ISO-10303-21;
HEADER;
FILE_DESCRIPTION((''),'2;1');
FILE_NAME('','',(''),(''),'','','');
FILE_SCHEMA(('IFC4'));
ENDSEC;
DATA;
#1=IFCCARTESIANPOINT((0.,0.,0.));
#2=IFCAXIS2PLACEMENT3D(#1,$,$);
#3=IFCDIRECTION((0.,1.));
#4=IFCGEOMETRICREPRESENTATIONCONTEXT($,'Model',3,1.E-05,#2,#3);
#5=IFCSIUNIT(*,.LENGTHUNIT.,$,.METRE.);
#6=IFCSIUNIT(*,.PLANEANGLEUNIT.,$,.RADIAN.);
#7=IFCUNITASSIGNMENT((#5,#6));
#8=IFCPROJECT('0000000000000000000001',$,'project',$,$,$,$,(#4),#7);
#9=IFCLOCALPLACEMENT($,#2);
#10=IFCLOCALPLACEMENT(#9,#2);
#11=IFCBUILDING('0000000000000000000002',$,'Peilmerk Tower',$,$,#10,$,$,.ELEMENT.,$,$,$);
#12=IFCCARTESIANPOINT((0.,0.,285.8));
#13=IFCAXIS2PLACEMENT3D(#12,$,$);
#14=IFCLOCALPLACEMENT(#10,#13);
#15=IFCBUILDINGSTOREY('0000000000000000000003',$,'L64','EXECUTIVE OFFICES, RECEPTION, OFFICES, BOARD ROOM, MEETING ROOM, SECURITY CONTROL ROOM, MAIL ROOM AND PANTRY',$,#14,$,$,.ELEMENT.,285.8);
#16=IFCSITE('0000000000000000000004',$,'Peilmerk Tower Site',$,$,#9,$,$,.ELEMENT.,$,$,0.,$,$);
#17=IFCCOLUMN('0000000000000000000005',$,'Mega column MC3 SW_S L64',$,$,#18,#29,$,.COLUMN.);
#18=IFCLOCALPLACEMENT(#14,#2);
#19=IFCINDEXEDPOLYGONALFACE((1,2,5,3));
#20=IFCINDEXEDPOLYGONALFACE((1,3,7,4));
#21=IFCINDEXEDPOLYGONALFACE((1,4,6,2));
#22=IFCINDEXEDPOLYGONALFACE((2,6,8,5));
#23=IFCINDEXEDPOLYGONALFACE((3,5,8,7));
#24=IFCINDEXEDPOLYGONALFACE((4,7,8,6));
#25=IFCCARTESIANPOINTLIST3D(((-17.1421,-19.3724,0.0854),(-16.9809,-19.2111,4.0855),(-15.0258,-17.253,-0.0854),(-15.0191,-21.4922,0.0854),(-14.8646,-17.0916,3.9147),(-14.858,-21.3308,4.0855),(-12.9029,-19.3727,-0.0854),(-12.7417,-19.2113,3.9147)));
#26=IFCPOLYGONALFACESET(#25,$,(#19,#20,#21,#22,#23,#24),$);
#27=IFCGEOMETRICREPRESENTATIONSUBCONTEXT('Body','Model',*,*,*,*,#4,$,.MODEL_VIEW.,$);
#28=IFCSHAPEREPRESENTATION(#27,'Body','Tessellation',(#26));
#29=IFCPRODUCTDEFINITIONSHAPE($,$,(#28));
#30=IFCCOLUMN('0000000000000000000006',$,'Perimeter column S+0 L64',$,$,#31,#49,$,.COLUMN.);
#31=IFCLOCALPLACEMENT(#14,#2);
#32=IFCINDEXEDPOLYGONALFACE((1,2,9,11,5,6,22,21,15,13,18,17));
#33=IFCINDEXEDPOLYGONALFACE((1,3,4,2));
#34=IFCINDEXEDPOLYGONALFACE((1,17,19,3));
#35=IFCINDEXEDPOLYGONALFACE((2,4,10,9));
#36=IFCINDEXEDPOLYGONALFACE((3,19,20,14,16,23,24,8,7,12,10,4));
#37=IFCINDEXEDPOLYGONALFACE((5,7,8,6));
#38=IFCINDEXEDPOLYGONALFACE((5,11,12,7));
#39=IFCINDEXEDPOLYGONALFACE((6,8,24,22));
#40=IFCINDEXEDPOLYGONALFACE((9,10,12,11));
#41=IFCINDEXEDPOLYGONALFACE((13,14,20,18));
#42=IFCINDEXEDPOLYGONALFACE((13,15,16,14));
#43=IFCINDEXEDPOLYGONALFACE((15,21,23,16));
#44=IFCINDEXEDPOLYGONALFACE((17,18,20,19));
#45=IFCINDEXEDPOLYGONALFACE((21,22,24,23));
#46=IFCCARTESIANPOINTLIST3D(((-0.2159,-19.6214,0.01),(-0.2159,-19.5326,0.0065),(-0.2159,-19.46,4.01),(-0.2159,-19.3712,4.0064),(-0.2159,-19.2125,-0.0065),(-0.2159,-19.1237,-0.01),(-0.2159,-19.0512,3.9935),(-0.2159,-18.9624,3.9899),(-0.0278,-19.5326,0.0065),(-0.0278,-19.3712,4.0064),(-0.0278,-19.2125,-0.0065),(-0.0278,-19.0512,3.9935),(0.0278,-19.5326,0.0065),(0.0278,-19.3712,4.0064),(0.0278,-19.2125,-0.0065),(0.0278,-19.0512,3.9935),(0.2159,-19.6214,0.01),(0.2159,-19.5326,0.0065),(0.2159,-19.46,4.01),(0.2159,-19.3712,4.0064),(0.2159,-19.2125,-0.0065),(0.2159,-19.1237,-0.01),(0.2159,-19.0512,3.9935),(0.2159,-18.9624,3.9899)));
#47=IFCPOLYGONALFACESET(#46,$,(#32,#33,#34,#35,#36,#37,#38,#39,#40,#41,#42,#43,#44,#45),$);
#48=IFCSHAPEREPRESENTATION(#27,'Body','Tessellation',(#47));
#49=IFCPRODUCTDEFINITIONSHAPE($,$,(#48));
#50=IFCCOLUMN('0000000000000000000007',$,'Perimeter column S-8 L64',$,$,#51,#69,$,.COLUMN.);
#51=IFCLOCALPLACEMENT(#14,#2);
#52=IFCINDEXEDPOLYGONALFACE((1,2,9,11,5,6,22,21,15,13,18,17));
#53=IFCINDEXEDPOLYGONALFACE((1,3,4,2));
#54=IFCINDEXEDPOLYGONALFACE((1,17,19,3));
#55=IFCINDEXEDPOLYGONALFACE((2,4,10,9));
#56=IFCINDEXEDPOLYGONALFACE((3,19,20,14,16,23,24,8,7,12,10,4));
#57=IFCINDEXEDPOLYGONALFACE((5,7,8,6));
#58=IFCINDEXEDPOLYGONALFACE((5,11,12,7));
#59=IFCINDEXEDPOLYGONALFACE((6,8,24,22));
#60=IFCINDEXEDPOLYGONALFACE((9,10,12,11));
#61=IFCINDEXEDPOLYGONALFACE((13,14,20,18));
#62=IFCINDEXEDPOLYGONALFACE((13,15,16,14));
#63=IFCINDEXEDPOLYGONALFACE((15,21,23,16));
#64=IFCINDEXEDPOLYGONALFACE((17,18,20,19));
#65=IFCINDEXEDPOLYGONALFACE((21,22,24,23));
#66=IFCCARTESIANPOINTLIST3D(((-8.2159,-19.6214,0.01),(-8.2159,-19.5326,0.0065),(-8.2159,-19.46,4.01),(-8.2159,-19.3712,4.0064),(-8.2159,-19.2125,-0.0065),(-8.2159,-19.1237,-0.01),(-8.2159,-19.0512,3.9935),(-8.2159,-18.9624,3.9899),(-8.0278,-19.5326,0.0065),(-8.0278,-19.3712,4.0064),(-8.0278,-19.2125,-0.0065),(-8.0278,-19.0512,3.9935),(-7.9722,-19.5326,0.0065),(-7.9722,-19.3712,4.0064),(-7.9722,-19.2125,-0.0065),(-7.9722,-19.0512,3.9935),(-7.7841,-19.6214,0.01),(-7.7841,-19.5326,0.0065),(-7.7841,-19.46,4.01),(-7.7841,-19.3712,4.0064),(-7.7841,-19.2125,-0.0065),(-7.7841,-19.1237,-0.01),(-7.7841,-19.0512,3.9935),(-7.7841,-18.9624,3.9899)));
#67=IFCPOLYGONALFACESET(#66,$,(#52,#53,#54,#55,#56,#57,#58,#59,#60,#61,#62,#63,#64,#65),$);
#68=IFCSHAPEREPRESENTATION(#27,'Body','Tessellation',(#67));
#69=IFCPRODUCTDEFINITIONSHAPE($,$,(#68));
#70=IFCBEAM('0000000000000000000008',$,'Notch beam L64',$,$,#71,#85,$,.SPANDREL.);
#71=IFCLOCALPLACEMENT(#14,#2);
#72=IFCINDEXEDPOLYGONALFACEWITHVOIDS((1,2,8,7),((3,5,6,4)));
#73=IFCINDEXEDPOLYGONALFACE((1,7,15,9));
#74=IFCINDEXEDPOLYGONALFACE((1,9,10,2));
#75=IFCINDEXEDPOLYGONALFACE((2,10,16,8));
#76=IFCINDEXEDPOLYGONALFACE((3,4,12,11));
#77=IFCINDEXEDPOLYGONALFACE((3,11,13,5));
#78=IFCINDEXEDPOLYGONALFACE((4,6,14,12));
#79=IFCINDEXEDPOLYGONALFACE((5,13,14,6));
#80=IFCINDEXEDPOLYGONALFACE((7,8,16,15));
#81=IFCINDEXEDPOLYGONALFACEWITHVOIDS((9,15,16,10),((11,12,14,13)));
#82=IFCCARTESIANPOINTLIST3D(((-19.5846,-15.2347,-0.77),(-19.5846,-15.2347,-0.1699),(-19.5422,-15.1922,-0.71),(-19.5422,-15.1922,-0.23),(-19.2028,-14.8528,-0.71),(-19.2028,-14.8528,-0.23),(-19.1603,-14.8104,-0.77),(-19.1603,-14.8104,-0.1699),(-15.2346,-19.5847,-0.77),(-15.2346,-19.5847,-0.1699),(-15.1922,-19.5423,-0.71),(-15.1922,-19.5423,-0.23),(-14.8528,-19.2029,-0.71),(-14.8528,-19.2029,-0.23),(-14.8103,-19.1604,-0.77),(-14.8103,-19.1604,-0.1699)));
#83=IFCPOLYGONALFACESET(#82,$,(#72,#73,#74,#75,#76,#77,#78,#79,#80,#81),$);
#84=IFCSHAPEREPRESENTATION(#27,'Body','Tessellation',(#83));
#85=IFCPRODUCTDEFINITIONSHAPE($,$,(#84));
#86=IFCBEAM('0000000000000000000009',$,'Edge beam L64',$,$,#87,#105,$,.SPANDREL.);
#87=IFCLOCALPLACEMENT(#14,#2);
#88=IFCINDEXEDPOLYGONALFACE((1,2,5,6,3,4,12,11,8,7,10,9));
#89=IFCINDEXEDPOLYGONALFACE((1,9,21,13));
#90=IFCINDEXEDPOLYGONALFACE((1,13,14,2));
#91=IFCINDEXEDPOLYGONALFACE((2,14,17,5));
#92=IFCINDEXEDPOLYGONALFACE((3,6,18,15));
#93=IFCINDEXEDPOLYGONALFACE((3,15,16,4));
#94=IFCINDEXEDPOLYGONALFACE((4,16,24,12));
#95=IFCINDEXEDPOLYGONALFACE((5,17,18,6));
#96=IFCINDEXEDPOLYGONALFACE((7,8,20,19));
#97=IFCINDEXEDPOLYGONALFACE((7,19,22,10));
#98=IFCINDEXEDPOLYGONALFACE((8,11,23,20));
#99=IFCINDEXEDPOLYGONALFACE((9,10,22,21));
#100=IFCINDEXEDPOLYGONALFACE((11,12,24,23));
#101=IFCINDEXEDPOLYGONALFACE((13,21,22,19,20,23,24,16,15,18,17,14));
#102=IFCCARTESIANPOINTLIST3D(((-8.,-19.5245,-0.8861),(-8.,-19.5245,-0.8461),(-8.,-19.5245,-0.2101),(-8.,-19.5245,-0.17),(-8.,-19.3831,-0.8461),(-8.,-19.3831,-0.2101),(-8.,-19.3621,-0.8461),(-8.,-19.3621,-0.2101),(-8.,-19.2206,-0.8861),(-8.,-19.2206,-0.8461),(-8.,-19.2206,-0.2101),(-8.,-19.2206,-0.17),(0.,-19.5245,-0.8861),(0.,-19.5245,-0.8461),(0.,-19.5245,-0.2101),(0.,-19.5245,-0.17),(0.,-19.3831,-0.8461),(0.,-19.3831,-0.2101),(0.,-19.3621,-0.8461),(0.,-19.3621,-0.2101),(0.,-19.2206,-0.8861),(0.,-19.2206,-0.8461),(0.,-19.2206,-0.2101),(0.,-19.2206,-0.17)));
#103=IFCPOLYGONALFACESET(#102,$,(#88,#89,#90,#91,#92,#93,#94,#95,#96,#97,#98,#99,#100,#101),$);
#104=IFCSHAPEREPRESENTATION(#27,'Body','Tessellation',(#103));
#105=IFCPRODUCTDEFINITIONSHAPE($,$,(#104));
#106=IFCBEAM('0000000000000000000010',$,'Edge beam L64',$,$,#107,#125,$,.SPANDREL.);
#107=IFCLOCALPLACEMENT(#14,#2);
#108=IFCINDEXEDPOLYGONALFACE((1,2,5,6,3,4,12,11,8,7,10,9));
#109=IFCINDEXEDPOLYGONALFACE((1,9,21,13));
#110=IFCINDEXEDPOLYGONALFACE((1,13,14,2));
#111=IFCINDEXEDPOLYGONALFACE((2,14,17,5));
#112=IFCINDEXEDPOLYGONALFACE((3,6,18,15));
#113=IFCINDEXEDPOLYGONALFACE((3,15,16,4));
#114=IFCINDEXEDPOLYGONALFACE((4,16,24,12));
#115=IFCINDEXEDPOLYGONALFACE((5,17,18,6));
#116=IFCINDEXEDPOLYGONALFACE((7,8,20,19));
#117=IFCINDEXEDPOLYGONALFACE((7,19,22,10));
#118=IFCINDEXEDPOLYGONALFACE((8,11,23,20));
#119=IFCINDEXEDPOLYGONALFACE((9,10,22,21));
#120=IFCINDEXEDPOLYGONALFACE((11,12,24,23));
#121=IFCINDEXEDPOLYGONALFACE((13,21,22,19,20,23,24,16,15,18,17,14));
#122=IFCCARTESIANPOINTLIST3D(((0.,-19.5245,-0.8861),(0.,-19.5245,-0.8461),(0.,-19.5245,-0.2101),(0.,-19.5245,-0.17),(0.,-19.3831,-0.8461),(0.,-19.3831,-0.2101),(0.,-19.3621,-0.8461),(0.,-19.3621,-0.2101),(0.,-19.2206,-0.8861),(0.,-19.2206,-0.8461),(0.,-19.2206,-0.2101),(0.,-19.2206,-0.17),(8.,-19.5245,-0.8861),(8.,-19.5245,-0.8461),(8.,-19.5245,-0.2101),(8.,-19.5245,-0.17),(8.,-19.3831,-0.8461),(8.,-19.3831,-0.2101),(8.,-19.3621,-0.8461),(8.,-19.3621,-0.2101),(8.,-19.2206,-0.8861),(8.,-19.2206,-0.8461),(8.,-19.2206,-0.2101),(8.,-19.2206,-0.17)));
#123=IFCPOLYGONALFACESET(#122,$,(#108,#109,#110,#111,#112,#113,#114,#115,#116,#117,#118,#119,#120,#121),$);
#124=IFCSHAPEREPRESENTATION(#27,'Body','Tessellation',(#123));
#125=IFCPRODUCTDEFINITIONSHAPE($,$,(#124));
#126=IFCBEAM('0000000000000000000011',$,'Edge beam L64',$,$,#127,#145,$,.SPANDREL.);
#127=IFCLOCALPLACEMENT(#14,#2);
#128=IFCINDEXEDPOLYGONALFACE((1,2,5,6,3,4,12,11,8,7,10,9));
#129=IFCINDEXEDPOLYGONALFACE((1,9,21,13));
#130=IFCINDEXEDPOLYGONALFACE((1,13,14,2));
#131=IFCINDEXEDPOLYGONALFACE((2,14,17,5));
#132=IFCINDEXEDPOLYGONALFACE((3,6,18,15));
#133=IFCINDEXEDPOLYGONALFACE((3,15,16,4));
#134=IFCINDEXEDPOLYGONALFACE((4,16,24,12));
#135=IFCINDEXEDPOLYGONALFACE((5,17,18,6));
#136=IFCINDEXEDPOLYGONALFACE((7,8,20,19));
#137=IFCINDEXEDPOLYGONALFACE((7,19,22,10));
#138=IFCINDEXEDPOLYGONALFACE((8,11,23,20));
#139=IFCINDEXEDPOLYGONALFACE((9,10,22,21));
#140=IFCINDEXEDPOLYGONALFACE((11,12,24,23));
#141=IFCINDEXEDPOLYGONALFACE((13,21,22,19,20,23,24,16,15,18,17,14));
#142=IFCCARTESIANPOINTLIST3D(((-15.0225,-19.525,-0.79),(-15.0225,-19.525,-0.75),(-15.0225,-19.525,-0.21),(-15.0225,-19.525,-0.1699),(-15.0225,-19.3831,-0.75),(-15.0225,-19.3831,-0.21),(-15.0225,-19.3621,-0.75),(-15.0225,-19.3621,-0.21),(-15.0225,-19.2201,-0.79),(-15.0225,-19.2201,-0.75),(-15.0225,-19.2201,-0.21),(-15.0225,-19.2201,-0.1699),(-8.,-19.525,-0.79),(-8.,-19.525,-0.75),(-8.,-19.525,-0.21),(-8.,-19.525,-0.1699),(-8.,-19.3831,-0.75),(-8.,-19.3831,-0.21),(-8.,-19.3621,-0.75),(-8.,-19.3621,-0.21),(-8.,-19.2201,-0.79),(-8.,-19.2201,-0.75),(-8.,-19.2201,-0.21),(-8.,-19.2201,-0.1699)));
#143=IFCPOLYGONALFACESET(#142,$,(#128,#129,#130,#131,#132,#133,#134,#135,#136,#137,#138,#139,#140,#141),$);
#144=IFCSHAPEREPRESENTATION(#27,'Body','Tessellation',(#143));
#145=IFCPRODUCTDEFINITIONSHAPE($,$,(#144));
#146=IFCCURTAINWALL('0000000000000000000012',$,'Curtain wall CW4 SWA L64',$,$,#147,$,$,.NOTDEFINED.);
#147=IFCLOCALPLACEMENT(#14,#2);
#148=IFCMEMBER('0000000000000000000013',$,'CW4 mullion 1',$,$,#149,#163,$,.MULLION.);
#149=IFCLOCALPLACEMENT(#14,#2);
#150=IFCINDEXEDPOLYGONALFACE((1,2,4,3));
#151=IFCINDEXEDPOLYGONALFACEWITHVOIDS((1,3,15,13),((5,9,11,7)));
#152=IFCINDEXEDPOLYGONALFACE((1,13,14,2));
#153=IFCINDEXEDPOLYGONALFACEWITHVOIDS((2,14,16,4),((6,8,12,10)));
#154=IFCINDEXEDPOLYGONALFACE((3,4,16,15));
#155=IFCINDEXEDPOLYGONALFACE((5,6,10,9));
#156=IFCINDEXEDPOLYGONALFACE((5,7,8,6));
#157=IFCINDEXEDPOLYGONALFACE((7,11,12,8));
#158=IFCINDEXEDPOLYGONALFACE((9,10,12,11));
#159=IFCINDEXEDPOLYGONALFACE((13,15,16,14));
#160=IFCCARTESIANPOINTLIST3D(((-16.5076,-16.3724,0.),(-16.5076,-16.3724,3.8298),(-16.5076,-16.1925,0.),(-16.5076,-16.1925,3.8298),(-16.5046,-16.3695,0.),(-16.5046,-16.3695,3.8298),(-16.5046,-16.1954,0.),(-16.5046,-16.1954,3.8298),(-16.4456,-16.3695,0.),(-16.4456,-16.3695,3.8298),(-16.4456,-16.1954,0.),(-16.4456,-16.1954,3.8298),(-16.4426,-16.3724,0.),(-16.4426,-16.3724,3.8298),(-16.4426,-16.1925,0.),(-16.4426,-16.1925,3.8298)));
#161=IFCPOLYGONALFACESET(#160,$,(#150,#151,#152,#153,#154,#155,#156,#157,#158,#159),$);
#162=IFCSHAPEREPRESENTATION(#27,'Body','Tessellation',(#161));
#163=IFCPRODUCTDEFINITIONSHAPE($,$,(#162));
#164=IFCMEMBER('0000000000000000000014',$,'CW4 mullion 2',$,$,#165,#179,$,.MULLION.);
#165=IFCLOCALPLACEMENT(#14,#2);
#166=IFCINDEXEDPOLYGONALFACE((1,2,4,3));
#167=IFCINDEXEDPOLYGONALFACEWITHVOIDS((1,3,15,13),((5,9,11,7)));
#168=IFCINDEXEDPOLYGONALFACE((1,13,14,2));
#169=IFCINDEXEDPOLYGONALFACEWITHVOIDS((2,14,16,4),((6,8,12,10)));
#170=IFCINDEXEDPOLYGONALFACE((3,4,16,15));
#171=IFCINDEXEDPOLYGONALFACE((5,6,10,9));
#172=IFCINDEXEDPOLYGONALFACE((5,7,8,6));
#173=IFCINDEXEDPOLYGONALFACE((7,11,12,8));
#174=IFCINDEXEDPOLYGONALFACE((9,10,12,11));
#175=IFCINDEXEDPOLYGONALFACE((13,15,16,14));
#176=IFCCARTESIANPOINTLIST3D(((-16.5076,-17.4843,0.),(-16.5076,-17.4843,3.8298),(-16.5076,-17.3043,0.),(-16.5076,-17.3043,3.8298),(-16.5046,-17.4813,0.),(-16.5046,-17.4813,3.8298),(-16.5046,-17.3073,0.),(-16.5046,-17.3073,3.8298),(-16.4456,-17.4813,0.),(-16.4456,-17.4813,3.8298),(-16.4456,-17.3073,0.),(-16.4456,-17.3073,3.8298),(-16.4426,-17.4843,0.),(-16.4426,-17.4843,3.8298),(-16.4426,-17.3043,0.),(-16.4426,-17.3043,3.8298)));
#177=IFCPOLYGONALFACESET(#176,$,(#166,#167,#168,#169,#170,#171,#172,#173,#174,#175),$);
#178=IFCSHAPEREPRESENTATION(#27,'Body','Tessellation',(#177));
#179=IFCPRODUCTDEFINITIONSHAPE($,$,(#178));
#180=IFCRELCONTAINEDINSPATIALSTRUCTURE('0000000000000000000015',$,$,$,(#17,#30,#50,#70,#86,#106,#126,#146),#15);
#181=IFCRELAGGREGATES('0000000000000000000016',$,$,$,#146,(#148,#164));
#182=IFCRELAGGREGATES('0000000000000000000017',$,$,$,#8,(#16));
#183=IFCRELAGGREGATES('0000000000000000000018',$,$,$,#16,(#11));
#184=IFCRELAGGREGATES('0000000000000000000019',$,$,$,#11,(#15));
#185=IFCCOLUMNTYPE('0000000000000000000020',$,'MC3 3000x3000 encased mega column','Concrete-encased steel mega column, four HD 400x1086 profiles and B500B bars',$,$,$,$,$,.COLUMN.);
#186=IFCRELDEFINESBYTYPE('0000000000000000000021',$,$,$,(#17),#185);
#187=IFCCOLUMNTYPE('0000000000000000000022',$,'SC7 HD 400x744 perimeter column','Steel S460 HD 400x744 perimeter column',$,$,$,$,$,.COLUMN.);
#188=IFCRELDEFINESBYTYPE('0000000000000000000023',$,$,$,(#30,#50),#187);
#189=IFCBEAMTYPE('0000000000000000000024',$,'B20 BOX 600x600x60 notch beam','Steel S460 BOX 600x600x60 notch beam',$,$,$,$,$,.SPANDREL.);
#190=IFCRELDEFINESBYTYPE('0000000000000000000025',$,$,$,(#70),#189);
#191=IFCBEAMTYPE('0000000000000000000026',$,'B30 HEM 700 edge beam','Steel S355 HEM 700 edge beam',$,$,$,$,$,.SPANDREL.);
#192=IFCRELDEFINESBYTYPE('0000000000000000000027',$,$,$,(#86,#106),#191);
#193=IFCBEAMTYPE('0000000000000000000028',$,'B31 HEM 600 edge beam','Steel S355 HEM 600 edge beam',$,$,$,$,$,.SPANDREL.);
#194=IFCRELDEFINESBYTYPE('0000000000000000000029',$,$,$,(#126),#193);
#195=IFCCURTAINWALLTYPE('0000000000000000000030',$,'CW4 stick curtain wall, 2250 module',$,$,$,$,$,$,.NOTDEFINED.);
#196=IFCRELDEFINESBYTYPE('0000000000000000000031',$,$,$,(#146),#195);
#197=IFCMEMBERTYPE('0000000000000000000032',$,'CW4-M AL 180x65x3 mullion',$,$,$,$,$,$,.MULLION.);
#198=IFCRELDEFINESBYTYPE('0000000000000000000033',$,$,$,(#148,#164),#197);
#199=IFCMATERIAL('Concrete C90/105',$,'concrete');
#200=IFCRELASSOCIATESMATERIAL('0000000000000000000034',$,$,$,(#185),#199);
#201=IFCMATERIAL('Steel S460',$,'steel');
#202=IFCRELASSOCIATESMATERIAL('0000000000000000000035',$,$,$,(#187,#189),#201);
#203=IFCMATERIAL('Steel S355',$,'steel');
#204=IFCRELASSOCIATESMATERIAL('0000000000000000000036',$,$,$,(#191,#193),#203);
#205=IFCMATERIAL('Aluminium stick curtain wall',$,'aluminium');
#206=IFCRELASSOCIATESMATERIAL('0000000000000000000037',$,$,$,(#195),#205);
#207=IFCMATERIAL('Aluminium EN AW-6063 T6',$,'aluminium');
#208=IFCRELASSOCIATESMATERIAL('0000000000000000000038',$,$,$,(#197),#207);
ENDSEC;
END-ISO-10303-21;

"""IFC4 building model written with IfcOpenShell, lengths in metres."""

from ifc_helpers import new_model, si_unit, direction, frame, origin, origin_2d, place, context, subcontext, project, spatial, rectangle, hollow_rectangle, i_section, extrude, material, material_profile, profile_set, type_object, element, aggregate, save


model = new_model("IFC4")

# Units and contexts
model_context = context("Model", 3, precision=1e-05, world=origin(), true_north=direction((0.0, 1.0)))
body_context = subcontext(model_context, "Body", "Model", "MODEL_VIEW")
ifc_project = project(units=[si_unit("LENGTHUNIT", "METRE"), si_unit("PLANEANGLEUNIT", "RADIAN")], contexts=[model_context])

# Site, building, storey
site_placement = place(None, origin())
site = spatial("IfcSite", under=ifc_project, at=site_placement, Name="Peilmerk Tower Site", CompositionType="ELEMENT", RefElevation=0.0)
building_placement = place(site_placement, origin())
building = spatial("IfcBuilding", under=site, at=building_placement, Name="Peilmerk Tower", CompositionType="ELEMENT")
storey_placement = place(building_placement, frame((0.0, 0.0, 285.8)))
storey = spatial("IfcBuildingStorey", under=building, at=storey_placement, Name="L64", Description="EXECUTIVE OFFICES, RECEPTION, OFFICES, BOARD ROOM, MEETING ROOM, SECURITY CONTROL ROOM, MAIL ROOM AND PANTRY", CompositionType="ELEMENT", Elevation=285.8)

# Columns
ifc_material_1 = material(Name="Concrete C90/105", Category="concrete")
ifc_material_profile_1 = material_profile(ifc_material_1, rectangle(XDim=3.0, YDim=3.0, at=origin_2d()), Name="RC 3000x3000")
ifc_profile_set_1 = profile_set([ifc_material_profile_1], Name="Concrete C90/105")
column_type_1 = type_object("IfcColumnType", Name="MC3 3000x3000 encased mega column", Description="Concrete-encased steel mega column, four HD 400x1086 profiles and B500B bars", PredefinedType="COLUMN", material=ifc_profile_set_1)
column_placement = place(storey_placement, frame((-15.0225, -19.3726, 0.0), z_axis=(0.040218, 0.040279, 0.998379), x_axis=(-0.707642, 0.706571, 0.0)))
element("IfcColumn", 1, at=column_placement, inside=storey, type_object=column_type_1, Name="Mega column MC3 SW_S L64", PredefinedType="COLUMN", context=body_context, shape_type="SweptSolid", body=[
    extrude(rectangle(XDim=3.0, YDim=3.0, at=origin_2d()), origin(), (0.0, 0.0, 1.0), 4.0066),
])
ifc_material_2 = material(Name="Steel S460", Category="steel")
ifc_material_profile_2 = material_profile(ifc_material_2, i_section(OverallWidth=0.4319, OverallDepth=0.498, WebThickness=0.0557, FlangeThickness=0.0889, at=origin_2d()), Name="HD 400x744")
ifc_profile_set_2 = profile_set([ifc_material_profile_2], Name="Steel S460")
column_type_2 = type_object("IfcColumnType", Name="SC7 HD 400x744 perimeter column", Description="Steel S460 HD 400x744 perimeter column", PredefinedType="COLUMN", material=ifc_profile_set_2)
for number, where, z_axis, x_axis, name in (
    (2, (0.0, -19.3726, 0.0), (0.0, 0.040311, 0.999187), (-1.0, 0.0, 0.0), "Perimeter column S+0 L64"),
    (3, (-8.0, -19.3726, 0.0), (0.0, 0.040311, 0.999187), (-1.0, 0.0, 0.0), "Perimeter column S-8 L64"),
):
    element("IfcColumn", number, at=place(storey_placement, frame(where, z_axis=z_axis, x_axis=x_axis)), inside=storey, type_object=column_type_2, Name=name, PredefinedType="COLUMN", context=body_context, shape_type="SweptSolid", body=[
        extrude(i_section(OverallWidth=0.4319, OverallDepth=0.498, WebThickness=0.0557, FlangeThickness=0.0889, at=origin_2d()), origin(), (0.0, 0.0, 1.0), 4.0032),
    ])

# Beams
ifc_material_profile_3 = material_profile(ifc_material_2, hollow_rectangle(XDim=0.6001, YDim=0.6001, WallThickness=0.0601, at=origin_2d()), Name="BOX 600x600x60")
ifc_profile_set_3 = profile_set([ifc_material_profile_3], Name="Steel S460")
beam_type_1 = type_object("IfcBeamType", Name="B20 BOX 600x600x60 notch beam", Description="Steel S460 BOX 600x600x60 notch beam", PredefinedType="SPANDREL", material=ifc_profile_set_3)
beam_1_placement = place(storey_placement, frame((-15.0225, -19.3726, -0.47), z_axis=(-0.707107, 0.707107, 0.0), x_axis=(-0.707107, -0.707107, 0.0)))
element("IfcBeam", 4, at=beam_1_placement, inside=storey, type_object=beam_type_1, Name="Notch beam L64", PredefinedType="SPANDREL", context=body_context, shape_type="SweptSolid", body=[
    extrude(hollow_rectangle(XDim=0.6001, YDim=0.6001, WallThickness=0.0601, at=origin_2d()), origin(), (0.0, 0.0, 1.0), 6.1519),
])
ifc_material_3 = material(Name="Steel S355", Category="steel")
ifc_material_profile_4 = material_profile(ifc_material_3, i_section(OverallWidth=0.304, OverallDepth=0.7161, WebThickness=0.021, FlangeThickness=0.04, at=origin_2d()), Name="HEM 700")
ifc_profile_set_4 = profile_set([ifc_material_profile_4], Name="Steel S355")
beam_type_2 = type_object("IfcBeamType", Name="B30 HEM 700 edge beam", Description="Steel S355 HEM 700 edge beam", PredefinedType="SPANDREL", material=ifc_profile_set_4)
for number, where, z_axis, x_axis, name in (
    (5, (-8.0, -19.3726, -0.5281), (1.0, 0.0, 0.0), (0.0, 1.0, 0.0), "Edge beam L64"),
    (6, (0.0, -19.3726, -0.5281), (1.0, 0.0, 0.0), (0.0, 1.0, 0.0), "Edge beam L64"),
):
    element("IfcBeam", number, at=place(storey_placement, frame(where, z_axis=z_axis, x_axis=x_axis)), inside=storey, type_object=beam_type_2, Name=name, PredefinedType="SPANDREL", context=body_context, shape_type="SweptSolid", body=[
        extrude(i_section(OverallWidth=0.304, OverallDepth=0.7161, WebThickness=0.021, FlangeThickness=0.04, at=origin_2d()), origin(), (0.0, 0.0, 1.0), 8.0),
    ])
ifc_material_profile_5 = material_profile(ifc_material_3, i_section(OverallWidth=0.3049, OverallDepth=0.6201, WebThickness=0.021, FlangeThickness=0.04, at=origin_2d()), Name="HEM 600")
ifc_profile_set_5 = profile_set([ifc_material_profile_5], Name="Steel S355")
beam_type_3 = type_object("IfcBeamType", Name="B31 HEM 600 edge beam", Description="Steel S355 HEM 600 edge beam", PredefinedType="SPANDREL", material=ifc_profile_set_5)
beam_2_placement = place(storey_placement, frame((-15.0225, -19.3726, -0.48), z_axis=(1.0, 0.0, 0.0), x_axis=(0.0, 1.0, 0.0)))
element("IfcBeam", 7, at=beam_2_placement, inside=storey, type_object=beam_type_3, Name="Edge beam L64", PredefinedType="SPANDREL", context=body_context, shape_type="SweptSolid", body=[
    extrude(i_section(OverallWidth=0.3049, OverallDepth=0.6201, WebThickness=0.021, FlangeThickness=0.04, at=origin_2d()), origin(), (0.0, 0.0, 1.0), 7.0225),
])

# Curtain wall, members
ifc_material_4 = material(Name="Aluminium stick curtain wall", Category="aluminium")
curtain_wall_type = type_object("IfcCurtainWallType", Name="CW4 stick curtain wall, 2250 module", PredefinedType="NOTDEFINED", material=ifc_material_4)
curtain_wall_placement = place(storey_placement, origin())
curtain_wall = element("IfcCurtainWall", 8, at=curtain_wall_placement, inside=storey, type_object=curtain_wall_type, Name="Curtain wall CW4 SWA L64", PredefinedType="NOTDEFINED")
ifc_material_5 = material(Name="Aluminium EN AW-6063 T6", Category="aluminium")
ifc_material_profile_6 = material_profile(ifc_material_5, hollow_rectangle(XDim=0.0649, YDim=0.1799, WallThickness=0.0029, at=origin_2d()), Name="AL 180x65x3")
ifc_profile_set_6 = profile_set([ifc_material_profile_6], Name="Aluminium EN AW-6063 T6")
member_type_1 = type_object("IfcMemberType", Name="CW4-M AL 180x65x3 mullion", PredefinedType="MULLION", material=ifc_profile_set_6)
member_1_placement = place(storey_placement, frame((-16.4751, -16.2825, 0.0), z_axis=(0.0, 0.0, 1.0), x_axis=(1.0, 0.0, 0.0)))
member_1 = element("IfcMember", 9, at=member_1_placement, type_object=member_type_1, Name="CW4 mullion 1", PredefinedType="MULLION", context=body_context, shape_type="SweptSolid", body=[
    extrude(hollow_rectangle(XDim=0.0649, YDim=0.1799, WallThickness=0.0029, at=origin_2d()), origin(), (0.0, 0.0, 1.0), 3.8298),
])
member_2_placement = place(storey_placement, frame((-16.4751, -17.3943, 0.0), z_axis=(0.0, 0.0, 1.0), x_axis=(1.0, 0.0, 0.0)))
member_2 = element("IfcMember", 10, at=member_2_placement, type_object=member_type_1, Name="CW4 mullion 2", PredefinedType="MULLION", context=body_context, shape_type="SweptSolid", body=[
    extrude(hollow_rectangle(XDim=0.0649, YDim=0.1799, WallThickness=0.0029, at=origin_2d()), origin(), (0.0, 0.0, 1.0), 3.8298),
])
aggregate(curtain_wall, [member_1, member_2])

save(model, "model.ifc")
